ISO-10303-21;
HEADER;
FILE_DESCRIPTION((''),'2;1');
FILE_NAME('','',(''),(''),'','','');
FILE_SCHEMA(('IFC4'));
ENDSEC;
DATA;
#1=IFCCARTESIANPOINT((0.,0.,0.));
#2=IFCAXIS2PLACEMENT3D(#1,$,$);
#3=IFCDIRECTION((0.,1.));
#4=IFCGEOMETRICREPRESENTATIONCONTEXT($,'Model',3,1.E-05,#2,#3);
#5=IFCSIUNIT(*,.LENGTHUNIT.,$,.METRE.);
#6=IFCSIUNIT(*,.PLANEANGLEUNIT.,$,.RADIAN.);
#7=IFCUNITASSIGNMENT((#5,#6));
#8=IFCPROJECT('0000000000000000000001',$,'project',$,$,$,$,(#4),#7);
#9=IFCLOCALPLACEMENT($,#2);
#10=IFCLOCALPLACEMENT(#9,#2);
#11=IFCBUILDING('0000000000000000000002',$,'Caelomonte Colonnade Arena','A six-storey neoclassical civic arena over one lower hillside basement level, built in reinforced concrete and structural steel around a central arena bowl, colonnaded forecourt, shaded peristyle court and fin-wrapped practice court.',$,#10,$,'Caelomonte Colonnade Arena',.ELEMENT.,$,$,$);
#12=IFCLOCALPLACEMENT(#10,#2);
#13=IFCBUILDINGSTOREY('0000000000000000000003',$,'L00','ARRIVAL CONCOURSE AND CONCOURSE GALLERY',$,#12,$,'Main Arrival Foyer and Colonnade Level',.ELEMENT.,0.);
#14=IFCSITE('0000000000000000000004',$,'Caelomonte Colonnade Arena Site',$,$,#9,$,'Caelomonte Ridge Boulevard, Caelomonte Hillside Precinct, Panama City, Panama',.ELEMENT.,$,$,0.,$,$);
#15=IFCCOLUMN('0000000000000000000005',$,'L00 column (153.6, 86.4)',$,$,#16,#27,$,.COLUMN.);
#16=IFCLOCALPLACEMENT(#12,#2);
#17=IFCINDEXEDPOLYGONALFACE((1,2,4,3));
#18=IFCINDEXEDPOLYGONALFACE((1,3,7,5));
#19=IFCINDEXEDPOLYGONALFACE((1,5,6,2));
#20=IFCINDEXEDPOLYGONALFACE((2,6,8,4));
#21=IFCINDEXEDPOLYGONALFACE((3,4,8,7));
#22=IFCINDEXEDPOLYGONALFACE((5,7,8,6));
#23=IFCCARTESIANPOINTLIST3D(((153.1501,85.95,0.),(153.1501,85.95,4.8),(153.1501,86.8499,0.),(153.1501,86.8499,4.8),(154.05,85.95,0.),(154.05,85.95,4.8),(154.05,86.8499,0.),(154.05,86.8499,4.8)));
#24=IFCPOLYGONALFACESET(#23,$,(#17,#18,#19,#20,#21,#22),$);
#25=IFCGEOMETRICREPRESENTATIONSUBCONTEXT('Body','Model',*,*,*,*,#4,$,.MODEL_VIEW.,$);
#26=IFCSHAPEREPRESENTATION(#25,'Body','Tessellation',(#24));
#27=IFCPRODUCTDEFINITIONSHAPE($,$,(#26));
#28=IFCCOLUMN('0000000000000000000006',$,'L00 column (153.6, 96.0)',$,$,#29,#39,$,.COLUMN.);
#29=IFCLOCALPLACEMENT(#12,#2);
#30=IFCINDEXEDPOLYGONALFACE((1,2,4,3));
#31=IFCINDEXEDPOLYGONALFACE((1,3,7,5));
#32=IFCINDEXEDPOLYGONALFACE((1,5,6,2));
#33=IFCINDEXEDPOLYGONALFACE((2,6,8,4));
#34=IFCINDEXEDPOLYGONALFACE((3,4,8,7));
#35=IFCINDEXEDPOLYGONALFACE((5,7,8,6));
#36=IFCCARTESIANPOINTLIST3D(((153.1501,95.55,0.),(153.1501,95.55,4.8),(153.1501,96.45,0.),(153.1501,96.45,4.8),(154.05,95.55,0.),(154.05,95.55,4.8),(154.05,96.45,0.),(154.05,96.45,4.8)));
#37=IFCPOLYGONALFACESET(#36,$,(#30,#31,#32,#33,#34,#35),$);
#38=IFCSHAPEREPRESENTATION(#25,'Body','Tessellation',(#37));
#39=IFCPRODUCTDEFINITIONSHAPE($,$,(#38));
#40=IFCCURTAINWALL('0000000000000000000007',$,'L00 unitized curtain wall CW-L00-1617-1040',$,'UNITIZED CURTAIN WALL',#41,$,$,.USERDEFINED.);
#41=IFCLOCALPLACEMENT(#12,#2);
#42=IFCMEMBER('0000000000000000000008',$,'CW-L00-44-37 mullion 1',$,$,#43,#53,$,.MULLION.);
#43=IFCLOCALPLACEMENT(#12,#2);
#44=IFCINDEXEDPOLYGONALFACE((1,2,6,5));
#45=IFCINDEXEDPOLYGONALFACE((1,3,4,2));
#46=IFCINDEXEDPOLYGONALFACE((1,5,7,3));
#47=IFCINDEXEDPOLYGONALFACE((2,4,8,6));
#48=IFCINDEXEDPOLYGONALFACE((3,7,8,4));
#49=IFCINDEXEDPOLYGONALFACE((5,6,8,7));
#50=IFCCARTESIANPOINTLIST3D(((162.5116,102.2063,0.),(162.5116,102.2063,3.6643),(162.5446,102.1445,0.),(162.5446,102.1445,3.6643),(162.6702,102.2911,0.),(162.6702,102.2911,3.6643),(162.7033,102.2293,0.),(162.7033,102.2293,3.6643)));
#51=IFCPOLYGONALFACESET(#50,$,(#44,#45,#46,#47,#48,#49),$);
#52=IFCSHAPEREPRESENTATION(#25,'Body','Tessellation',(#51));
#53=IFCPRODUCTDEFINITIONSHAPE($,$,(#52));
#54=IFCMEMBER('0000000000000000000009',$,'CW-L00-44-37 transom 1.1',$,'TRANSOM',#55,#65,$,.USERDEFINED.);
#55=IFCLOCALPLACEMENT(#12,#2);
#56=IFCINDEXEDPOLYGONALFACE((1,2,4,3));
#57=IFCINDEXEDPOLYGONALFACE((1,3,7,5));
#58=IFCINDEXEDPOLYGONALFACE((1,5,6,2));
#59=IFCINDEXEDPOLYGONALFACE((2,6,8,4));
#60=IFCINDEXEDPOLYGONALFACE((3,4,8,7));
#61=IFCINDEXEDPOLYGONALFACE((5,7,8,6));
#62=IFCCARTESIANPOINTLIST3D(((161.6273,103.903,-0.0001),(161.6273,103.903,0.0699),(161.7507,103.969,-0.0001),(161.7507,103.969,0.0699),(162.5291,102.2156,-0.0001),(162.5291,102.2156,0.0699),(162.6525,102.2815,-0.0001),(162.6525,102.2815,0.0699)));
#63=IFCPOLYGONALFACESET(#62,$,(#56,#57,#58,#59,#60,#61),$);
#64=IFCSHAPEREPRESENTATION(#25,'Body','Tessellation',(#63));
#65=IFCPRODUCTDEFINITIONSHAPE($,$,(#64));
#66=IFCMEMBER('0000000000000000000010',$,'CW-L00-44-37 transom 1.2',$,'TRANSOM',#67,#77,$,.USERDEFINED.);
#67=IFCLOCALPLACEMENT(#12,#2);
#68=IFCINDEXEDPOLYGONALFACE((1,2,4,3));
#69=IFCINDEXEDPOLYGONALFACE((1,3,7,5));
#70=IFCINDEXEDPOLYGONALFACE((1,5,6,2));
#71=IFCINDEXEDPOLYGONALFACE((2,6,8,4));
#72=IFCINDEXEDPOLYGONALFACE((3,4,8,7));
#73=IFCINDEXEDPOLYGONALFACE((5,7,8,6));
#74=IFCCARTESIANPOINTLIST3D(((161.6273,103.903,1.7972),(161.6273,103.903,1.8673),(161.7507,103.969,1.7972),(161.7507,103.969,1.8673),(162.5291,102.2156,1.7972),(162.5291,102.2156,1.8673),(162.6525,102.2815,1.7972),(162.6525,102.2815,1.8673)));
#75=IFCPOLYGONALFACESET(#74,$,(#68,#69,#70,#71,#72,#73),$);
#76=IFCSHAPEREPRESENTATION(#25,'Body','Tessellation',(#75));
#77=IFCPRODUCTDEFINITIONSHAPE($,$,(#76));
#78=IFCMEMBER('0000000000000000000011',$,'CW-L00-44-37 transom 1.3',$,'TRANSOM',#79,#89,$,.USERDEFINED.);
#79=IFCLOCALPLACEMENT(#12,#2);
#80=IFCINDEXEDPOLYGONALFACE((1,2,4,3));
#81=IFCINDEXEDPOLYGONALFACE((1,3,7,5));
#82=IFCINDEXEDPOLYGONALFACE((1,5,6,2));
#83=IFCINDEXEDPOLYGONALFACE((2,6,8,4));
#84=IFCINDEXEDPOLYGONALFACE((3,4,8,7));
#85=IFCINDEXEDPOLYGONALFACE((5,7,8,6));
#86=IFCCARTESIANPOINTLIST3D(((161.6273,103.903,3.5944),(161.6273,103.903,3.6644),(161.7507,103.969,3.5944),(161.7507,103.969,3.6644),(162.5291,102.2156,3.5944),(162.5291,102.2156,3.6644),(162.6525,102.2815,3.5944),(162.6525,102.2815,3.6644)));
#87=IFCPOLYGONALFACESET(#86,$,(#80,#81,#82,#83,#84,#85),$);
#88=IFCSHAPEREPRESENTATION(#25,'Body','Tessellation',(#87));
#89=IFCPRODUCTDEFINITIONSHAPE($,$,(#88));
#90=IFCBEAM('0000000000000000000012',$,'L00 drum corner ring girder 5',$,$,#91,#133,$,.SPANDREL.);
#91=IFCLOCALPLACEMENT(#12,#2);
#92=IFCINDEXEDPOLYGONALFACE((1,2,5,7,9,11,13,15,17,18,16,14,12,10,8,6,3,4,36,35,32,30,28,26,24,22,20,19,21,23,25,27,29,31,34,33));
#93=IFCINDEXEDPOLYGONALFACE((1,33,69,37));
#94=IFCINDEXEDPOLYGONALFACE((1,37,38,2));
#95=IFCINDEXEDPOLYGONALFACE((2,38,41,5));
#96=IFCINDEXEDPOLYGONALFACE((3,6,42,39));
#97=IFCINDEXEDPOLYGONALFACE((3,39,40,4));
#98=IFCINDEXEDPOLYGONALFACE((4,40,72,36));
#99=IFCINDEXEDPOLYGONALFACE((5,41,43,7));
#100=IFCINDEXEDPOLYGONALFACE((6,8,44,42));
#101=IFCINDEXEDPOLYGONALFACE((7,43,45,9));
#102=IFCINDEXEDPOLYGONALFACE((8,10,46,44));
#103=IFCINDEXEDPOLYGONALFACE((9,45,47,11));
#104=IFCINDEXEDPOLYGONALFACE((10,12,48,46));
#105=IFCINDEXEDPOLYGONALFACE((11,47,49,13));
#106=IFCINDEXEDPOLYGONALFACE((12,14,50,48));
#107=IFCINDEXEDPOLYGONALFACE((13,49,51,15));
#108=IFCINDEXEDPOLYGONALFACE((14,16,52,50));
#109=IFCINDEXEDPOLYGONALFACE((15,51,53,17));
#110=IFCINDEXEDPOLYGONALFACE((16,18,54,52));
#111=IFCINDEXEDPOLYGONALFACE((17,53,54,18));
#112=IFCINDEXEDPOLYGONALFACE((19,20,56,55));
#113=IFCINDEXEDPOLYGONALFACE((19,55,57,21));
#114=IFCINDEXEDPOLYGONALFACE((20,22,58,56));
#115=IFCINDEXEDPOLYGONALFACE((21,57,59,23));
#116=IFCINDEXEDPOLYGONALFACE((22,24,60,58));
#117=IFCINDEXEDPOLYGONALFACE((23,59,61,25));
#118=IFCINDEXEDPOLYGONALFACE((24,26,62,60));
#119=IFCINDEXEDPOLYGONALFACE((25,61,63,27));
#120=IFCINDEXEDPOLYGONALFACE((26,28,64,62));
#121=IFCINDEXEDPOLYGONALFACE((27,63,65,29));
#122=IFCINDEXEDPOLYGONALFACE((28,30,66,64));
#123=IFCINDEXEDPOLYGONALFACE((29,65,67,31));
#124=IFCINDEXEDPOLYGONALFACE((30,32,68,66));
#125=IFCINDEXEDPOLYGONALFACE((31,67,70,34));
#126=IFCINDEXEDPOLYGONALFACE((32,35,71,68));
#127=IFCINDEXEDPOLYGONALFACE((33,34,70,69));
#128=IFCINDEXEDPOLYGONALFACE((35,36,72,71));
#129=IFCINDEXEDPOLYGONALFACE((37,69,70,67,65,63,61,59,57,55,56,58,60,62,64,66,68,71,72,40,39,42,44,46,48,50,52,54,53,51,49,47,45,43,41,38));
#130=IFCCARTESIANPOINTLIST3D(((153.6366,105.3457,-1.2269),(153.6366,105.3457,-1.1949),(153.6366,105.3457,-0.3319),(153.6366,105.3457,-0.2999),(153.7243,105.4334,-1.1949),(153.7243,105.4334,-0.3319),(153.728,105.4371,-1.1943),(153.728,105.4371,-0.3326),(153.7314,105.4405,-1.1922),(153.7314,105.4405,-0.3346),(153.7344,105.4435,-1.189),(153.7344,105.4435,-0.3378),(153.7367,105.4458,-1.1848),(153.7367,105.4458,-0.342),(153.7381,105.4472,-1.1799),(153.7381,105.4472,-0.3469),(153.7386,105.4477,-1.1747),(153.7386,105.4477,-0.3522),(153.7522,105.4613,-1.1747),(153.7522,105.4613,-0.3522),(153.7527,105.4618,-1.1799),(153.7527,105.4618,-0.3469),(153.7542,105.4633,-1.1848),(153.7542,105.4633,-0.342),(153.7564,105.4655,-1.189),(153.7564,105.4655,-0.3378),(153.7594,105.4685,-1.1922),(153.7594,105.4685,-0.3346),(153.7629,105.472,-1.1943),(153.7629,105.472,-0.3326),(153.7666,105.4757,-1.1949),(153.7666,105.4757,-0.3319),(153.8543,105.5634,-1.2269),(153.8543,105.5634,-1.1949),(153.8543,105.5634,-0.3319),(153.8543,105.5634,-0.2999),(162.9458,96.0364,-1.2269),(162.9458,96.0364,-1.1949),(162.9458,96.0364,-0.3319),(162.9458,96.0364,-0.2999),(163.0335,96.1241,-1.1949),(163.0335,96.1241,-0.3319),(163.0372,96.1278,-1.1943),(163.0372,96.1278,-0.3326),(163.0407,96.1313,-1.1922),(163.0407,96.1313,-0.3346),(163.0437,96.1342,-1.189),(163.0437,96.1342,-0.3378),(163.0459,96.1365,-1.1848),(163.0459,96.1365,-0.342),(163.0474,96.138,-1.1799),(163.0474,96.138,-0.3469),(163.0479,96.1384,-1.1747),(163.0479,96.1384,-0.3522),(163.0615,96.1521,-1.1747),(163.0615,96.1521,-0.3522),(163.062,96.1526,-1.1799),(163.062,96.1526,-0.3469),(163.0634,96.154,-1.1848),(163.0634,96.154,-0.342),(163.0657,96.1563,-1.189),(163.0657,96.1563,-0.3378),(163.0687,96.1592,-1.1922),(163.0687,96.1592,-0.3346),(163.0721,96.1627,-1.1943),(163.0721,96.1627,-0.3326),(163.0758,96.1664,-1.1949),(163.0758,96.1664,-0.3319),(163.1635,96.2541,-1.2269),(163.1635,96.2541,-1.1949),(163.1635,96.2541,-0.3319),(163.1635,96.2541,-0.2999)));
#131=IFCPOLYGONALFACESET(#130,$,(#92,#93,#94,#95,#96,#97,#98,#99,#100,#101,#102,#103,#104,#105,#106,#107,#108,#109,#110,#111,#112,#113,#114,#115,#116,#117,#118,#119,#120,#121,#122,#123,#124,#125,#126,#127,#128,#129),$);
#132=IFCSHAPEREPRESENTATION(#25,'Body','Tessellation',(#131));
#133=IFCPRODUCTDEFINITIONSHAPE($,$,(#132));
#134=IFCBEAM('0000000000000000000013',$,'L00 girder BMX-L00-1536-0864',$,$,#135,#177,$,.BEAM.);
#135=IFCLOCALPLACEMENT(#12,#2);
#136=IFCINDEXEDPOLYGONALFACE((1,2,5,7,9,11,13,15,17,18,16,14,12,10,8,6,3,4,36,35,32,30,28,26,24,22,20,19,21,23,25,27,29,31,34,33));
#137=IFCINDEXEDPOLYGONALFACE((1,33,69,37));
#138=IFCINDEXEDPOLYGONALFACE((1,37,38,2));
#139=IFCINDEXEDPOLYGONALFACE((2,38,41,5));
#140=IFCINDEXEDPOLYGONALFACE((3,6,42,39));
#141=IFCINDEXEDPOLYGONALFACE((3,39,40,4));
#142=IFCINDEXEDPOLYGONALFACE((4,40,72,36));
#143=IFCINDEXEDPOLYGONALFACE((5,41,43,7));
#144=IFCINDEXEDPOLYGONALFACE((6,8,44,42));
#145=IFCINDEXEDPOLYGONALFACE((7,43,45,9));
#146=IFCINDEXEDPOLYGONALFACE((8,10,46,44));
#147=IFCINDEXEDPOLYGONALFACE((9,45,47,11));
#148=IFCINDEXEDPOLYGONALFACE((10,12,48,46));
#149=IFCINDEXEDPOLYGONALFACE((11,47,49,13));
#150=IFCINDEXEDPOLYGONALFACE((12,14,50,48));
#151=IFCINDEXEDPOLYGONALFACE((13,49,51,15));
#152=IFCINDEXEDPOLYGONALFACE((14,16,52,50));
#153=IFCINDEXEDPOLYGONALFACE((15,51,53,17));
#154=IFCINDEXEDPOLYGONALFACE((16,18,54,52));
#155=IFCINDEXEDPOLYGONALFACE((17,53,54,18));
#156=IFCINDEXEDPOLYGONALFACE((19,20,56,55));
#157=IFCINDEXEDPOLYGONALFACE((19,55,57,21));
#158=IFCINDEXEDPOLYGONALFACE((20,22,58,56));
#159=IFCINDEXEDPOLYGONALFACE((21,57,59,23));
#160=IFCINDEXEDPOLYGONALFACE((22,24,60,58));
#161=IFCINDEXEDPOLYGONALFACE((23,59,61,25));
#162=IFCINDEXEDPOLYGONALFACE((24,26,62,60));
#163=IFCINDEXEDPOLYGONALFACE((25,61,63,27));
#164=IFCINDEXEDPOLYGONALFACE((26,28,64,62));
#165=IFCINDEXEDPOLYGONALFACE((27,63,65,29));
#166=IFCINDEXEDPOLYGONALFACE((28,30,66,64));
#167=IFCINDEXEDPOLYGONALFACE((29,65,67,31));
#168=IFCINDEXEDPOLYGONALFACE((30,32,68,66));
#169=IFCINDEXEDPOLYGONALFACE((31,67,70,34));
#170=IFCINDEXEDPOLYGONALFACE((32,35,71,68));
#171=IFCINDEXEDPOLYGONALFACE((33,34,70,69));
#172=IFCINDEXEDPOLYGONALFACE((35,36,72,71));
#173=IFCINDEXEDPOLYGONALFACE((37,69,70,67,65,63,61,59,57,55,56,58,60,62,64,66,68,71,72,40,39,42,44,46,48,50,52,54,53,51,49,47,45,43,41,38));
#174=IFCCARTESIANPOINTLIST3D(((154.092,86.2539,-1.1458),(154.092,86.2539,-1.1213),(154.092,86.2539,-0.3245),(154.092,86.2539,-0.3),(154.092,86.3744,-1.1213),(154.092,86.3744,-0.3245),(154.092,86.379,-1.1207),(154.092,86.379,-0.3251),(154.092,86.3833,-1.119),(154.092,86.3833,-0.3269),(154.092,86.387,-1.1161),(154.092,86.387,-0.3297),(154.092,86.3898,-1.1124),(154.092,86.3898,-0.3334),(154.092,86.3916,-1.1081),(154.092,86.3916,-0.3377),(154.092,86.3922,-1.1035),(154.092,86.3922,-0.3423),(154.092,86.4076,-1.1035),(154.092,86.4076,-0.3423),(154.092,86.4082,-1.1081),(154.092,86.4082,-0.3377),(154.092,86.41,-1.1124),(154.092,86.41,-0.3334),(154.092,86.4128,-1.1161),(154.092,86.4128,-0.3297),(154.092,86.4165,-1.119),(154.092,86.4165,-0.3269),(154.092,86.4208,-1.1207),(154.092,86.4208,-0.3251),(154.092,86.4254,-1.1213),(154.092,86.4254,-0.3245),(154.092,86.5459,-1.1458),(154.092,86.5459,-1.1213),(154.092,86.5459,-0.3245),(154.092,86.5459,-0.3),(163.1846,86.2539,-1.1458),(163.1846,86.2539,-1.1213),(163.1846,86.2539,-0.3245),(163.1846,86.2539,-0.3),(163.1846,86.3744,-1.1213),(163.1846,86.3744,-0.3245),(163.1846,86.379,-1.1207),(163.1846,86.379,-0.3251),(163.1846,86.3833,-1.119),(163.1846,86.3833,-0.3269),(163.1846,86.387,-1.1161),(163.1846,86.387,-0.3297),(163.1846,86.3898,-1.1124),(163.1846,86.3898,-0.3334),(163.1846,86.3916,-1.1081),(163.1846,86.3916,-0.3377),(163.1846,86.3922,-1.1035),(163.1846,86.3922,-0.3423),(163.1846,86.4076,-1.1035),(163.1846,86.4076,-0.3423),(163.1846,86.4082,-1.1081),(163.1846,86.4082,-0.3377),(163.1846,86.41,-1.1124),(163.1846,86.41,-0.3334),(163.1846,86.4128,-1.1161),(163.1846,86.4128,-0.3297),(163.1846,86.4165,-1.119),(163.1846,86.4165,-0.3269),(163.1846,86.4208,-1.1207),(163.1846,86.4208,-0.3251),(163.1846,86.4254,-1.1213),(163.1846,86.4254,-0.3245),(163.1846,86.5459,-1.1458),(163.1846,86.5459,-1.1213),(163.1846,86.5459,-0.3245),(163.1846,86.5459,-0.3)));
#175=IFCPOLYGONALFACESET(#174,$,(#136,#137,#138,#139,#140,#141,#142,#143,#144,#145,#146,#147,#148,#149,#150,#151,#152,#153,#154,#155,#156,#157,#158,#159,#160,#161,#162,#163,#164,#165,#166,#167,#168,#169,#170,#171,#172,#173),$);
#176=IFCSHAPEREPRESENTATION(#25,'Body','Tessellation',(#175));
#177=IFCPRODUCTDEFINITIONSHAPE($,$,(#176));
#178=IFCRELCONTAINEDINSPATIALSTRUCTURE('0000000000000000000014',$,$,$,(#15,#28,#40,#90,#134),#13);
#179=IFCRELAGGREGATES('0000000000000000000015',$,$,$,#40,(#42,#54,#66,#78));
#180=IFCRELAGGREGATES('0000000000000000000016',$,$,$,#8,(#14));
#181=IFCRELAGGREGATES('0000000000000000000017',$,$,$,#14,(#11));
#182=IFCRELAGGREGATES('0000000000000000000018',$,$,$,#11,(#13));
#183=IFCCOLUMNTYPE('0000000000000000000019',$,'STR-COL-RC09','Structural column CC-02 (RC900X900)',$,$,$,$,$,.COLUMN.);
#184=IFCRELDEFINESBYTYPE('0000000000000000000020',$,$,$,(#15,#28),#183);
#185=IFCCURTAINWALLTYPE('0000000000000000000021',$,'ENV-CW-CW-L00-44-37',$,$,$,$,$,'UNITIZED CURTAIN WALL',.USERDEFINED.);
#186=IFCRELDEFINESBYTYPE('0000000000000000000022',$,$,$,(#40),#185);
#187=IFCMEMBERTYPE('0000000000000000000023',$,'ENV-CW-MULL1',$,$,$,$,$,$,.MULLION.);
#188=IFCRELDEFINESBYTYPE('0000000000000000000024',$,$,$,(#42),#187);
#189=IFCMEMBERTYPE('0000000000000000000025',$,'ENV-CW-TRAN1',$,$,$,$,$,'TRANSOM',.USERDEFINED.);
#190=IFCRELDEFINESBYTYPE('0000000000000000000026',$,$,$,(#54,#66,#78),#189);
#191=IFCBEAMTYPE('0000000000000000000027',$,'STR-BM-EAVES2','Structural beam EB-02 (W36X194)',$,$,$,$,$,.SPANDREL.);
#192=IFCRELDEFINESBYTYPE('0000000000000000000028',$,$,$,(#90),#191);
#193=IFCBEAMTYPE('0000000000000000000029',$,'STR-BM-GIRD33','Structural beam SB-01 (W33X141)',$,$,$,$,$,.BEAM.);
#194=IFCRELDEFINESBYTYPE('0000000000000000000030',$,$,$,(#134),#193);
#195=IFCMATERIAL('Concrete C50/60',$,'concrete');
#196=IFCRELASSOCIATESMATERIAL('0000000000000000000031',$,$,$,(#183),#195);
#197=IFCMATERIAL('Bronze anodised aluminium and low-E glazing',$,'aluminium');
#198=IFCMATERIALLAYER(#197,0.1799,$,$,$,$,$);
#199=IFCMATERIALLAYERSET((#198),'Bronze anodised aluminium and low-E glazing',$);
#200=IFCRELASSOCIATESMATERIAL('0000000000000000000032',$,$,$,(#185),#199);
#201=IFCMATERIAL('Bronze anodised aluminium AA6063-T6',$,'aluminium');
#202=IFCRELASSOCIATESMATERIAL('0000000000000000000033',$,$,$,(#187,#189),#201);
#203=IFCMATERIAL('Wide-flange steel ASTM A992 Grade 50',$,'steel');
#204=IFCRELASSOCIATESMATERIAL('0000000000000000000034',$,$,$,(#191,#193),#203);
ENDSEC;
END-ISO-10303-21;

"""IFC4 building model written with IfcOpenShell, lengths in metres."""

from ifc_helpers import new_model, si_unit, direction, frame, origin, origin_2d, place, context, subcontext, project, spatial, rectangle, i_section, extrude, material, layer, layer_set, material_profile, profile_set, type_object, element, aggregate, save


model = new_model("IFC4")

# Units and contexts
model_context = context("Model", 3, precision=1e-05, world=origin(), true_north=direction((0.0, 1.0)))
body_context = subcontext(model_context, "Body", "Model", "MODEL_VIEW")
ifc_project = project(units=[si_unit("LENGTHUNIT", "METRE"), si_unit("PLANEANGLEUNIT", "RADIAN")], contexts=[model_context])

# Site, building, storey
site_placement = place(None, origin())
site = spatial("IfcSite", under=ifc_project, at=site_placement, Name="Caelomonte Colonnade Arena Site", LongName="Caelomonte Ridge Boulevard, Caelomonte Hillside Precinct, Panama City, Panama", CompositionType="ELEMENT", RefElevation=0.0)
building_placement = place(site_placement, origin())
building = spatial("IfcBuilding", under=site, at=building_placement, Name="Caelomonte Colonnade Arena", Description="A six-storey neoclassical civic arena over one lower hillside basement level, built in reinforced concrete and structural steel around a central arena bowl, colonnaded forecourt, shaded peristyle court and fin-wrapped practice court.", LongName="Caelomonte Colonnade Arena", CompositionType="ELEMENT")
storey_placement = place(building_placement, origin())
storey = spatial("IfcBuildingStorey", under=building, at=storey_placement, Name="L00", Description="ARRIVAL CONCOURSE AND CONCOURSE GALLERY", LongName="Main Arrival Foyer and Colonnade Level", CompositionType="ELEMENT", Elevation=0.0)

# Columns
ifc_material_1 = material(Name="Concrete C50/60", Category="concrete")
ifc_material_profile_1 = material_profile(ifc_material_1, rectangle(XDim=0.8999, YDim=0.8999, at=origin_2d()), Name="RC900X900")
ifc_profile_set_1 = profile_set([ifc_material_profile_1], Name="Concrete C50/60")
column_type = type_object("IfcColumnType", Name="STR-COL-RC09", Description="Structural column CC-02 (RC900X900)", PredefinedType="COLUMN", material=ifc_profile_set_1)
for number, where, z_axis, x_axis, name in (
    (1, (153.6001, 86.3999, 0.0), (0.0, 0.0, 1.0), (1.0, 0.0, 0.0), "L00 column (153.6, 86.4)"),
    (2, (153.6001, 96.0, 0.0), (0.0, 0.0, 1.0), (1.0, 0.0, 0.0), "L00 column (153.6, 96.0)"),
):
    element("IfcColumn", number, at=place(storey_placement, frame(where, z_axis=z_axis, x_axis=x_axis)), inside=storey, type_object=column_type, Name=name, PredefinedType="COLUMN", context=body_context, shape_type="SweptSolid", body=[
        extrude(rectangle(XDim=0.8999, YDim=0.8999, at=origin_2d()), origin(), (0.0, 0.0, 1.0), 4.8),
    ])

# Curtain wall, members
ifc_material_2 = material(Name="Bronze anodised aluminium and low-E glazing", Category="aluminium")
ifc_layer_1 = layer(ifc_material_2, 0.1799)
ifc_layer_set_1 = layer_set([ifc_layer_1], Name="Bronze anodised aluminium and low-E glazing")
curtain_wall_type = type_object("IfcCurtainWallType", Name="ENV-CW-CW-L00-44-37", ElementType="UNITIZED CURTAIN WALL", PredefinedType="USERDEFINED", material=ifc_layer_set_1)
curtain_wall_placement = place(storey_placement, origin())
curtain_wall = element("IfcCurtainWall", 3, at=curtain_wall_placement, inside=storey, type_object=curtain_wall_type, Name="L00 unitized curtain wall CW-L00-1617-1040", ObjectType="UNITIZED CURTAIN WALL", PredefinedType="USERDEFINED")
ifc_material_3 = material(Name="Bronze anodised aluminium AA6063-T6", Category="aluminium")
ifc_material_profile_2 = material_profile(ifc_material_3, rectangle(XDim=0.0701, YDim=0.1799, at=origin_2d()), Name="CWM-70X180")
ifc_profile_set_2 = profile_set([ifc_material_profile_2], Name="Bronze anodised aluminium AA6063-T6")
member_type_1 = type_object("IfcMemberType", Name="ENV-CW-MULL1", PredefinedType="MULLION", material=ifc_profile_set_2)
member_1_placement = place(storey_placement, frame((162.6074, 102.2178, 0.0), z_axis=(0.0, 0.0, 1.0), x_axis=(-0.471394, 0.881923, 0.0)))
member_1 = element("IfcMember", 4, at=member_1_placement, type_object=member_type_1, Name="CW-L00-44-37 mullion 1", PredefinedType="MULLION", context=body_context, shape_type="SweptSolid", body=[
    extrude(rectangle(XDim=0.0701, YDim=0.1799, at=origin_2d()), origin(), (0.0, 0.0, 1.0), 3.6643),
])
ifc_material_profile_3 = material_profile(ifc_material_3, rectangle(XDim=0.0701, YDim=0.1399, at=origin_2d()), Name="CWT-70X140")
ifc_profile_set_3 = profile_set([ifc_material_profile_3], Name="Bronze anodised aluminium AA6063-T6")
member_type_2 = type_object("IfcMemberType", Name="ENV-CW-TRAN1", ElementType="TRANSOM", PredefinedType="USERDEFINED", material=ifc_profile_set_3)
member_2_placement = place(storey_placement, frame((162.5908, 102.2485, 0.0349), z_axis=(-0.471343, 0.88195, 0.0), x_axis=(0.0, 0.0, 1.0)))
member_2 = element("IfcMember", 5, at=member_2_placement, type_object=member_type_2, Name="CW-L00-44-37 transom 1.1", ObjectType="TRANSOM", PredefinedType="USERDEFINED", context=body_context, shape_type="SweptSolid", body=[
    extrude(rectangle(XDim=0.0701, YDim=0.1399, at=origin_2d()), origin(), (0.0, 0.0, 1.0), 1.9133),
])
member_3_placement = place(storey_placement, frame((162.5908, 102.2485, 1.8323), z_axis=(-0.471343, 0.88195, 0.0), x_axis=(0.0, 0.0, 1.0)))
member_3 = element("IfcMember", 6, at=member_3_placement, type_object=member_type_2, Name="CW-L00-44-37 transom 1.2", ObjectType="TRANSOM", PredefinedType="USERDEFINED", context=body_context, shape_type="SweptSolid", body=[
    extrude(rectangle(XDim=0.0701, YDim=0.1399, at=origin_2d()), origin(), (0.0, 0.0, 1.0), 1.9133),
])
member_4_placement = place(storey_placement, frame((162.5908, 102.2485, 3.6294), z_axis=(-0.471343, 0.88195, 0.0), x_axis=(0.0, 0.0, 1.0)))
member_4 = element("IfcMember", 7, at=member_4_placement, type_object=member_type_2, Name="CW-L00-44-37 transom 1.3", ObjectType="TRANSOM", PredefinedType="USERDEFINED", context=body_context, shape_type="SweptSolid", body=[
    extrude(rectangle(XDim=0.0701, YDim=0.1399, at=origin_2d()), origin(), (0.0, 0.0, 1.0), 1.9133),
])
aggregate(curtain_wall, [member_1, member_2, member_3, member_4])

# Beams
ifc_material_4 = material(Name="Wide-flange steel ASTM A992 Grade 50", Category="steel")
ifc_material_profile_4 = material_profile(ifc_material_4, i_section(OverallWidth=0.3079, OverallDepth=0.927, WebThickness=0.0193, FlangeThickness=0.032, FilletRadius=0.0203, at=origin_2d()), Name="W36X194")
ifc_profile_set_4 = profile_set([ifc_material_profile_4], Name="Wide-flange steel ASTM A992 Grade 50")
beam_type_1 = type_object("IfcBeamType", Name="STR-BM-EAVES2", Description="Structural beam EB-02 (W36X194)", PredefinedType="SPANDREL", material=ifc_profile_set_4)
beam_1_placement = place(storey_placement, frame((163.0547, 96.1453, -0.7634), z_axis=(-0.707107, 0.707107, 0.0), x_axis=(-0.707107, -0.707107, 0.0)))
element("IfcBeam", 8, at=beam_1_placement, inside=storey, type_object=beam_type_1, Name="L00 drum corner ring girder 5", PredefinedType="SPANDREL", context=body_context, shape_type="SweptSolid", body=[
    extrude(i_section(OverallWidth=0.3079, OverallDepth=0.927, WebThickness=0.0193, FlangeThickness=0.032, FilletRadius=0.0203, at=origin_2d()), origin(), (0.0, 0.0, 1.0), 13.1653),
])
ifc_material_profile_5 = material_profile(ifc_material_4, i_section(OverallWidth=0.292, OverallDepth=0.8457, WebThickness=0.0154, FlangeThickness=0.0244, FilletRadius=0.0178, at=origin_2d()), Name="W33X141")
ifc_profile_set_5 = profile_set([ifc_material_profile_5], Name="Wide-flange steel ASTM A992 Grade 50")
beam_type_2 = type_object("IfcBeamType", Name="STR-BM-GIRD33", Description="Structural beam SB-01 (W33X141)", PredefinedType="BEAM", material=ifc_profile_set_5)
for number, where, z_axis, x_axis, name in (
    (9, (154.092, 86.3999, -0.7229), (1.0, 0.0, 0.0), (0.0, 1.0, 0.0), "L00 girder BMX-L00-1536-0864"),
):
    element("IfcBeam", number, at=place(storey_placement, frame(where, z_axis=z_axis, x_axis=x_axis)), inside=storey, type_object=beam_type_2, Name=name, PredefinedType="BEAM", context=body_context, shape_type="SweptSolid", body=[
        extrude(i_section(OverallWidth=0.292, OverallDepth=0.8457, WebThickness=0.0154, FlangeThickness=0.0244, FilletRadius=0.0178, at=origin_2d()), origin(), (0.0, 0.0, 1.0), 9.0925),
    ])

save(model, "model.ifc")
